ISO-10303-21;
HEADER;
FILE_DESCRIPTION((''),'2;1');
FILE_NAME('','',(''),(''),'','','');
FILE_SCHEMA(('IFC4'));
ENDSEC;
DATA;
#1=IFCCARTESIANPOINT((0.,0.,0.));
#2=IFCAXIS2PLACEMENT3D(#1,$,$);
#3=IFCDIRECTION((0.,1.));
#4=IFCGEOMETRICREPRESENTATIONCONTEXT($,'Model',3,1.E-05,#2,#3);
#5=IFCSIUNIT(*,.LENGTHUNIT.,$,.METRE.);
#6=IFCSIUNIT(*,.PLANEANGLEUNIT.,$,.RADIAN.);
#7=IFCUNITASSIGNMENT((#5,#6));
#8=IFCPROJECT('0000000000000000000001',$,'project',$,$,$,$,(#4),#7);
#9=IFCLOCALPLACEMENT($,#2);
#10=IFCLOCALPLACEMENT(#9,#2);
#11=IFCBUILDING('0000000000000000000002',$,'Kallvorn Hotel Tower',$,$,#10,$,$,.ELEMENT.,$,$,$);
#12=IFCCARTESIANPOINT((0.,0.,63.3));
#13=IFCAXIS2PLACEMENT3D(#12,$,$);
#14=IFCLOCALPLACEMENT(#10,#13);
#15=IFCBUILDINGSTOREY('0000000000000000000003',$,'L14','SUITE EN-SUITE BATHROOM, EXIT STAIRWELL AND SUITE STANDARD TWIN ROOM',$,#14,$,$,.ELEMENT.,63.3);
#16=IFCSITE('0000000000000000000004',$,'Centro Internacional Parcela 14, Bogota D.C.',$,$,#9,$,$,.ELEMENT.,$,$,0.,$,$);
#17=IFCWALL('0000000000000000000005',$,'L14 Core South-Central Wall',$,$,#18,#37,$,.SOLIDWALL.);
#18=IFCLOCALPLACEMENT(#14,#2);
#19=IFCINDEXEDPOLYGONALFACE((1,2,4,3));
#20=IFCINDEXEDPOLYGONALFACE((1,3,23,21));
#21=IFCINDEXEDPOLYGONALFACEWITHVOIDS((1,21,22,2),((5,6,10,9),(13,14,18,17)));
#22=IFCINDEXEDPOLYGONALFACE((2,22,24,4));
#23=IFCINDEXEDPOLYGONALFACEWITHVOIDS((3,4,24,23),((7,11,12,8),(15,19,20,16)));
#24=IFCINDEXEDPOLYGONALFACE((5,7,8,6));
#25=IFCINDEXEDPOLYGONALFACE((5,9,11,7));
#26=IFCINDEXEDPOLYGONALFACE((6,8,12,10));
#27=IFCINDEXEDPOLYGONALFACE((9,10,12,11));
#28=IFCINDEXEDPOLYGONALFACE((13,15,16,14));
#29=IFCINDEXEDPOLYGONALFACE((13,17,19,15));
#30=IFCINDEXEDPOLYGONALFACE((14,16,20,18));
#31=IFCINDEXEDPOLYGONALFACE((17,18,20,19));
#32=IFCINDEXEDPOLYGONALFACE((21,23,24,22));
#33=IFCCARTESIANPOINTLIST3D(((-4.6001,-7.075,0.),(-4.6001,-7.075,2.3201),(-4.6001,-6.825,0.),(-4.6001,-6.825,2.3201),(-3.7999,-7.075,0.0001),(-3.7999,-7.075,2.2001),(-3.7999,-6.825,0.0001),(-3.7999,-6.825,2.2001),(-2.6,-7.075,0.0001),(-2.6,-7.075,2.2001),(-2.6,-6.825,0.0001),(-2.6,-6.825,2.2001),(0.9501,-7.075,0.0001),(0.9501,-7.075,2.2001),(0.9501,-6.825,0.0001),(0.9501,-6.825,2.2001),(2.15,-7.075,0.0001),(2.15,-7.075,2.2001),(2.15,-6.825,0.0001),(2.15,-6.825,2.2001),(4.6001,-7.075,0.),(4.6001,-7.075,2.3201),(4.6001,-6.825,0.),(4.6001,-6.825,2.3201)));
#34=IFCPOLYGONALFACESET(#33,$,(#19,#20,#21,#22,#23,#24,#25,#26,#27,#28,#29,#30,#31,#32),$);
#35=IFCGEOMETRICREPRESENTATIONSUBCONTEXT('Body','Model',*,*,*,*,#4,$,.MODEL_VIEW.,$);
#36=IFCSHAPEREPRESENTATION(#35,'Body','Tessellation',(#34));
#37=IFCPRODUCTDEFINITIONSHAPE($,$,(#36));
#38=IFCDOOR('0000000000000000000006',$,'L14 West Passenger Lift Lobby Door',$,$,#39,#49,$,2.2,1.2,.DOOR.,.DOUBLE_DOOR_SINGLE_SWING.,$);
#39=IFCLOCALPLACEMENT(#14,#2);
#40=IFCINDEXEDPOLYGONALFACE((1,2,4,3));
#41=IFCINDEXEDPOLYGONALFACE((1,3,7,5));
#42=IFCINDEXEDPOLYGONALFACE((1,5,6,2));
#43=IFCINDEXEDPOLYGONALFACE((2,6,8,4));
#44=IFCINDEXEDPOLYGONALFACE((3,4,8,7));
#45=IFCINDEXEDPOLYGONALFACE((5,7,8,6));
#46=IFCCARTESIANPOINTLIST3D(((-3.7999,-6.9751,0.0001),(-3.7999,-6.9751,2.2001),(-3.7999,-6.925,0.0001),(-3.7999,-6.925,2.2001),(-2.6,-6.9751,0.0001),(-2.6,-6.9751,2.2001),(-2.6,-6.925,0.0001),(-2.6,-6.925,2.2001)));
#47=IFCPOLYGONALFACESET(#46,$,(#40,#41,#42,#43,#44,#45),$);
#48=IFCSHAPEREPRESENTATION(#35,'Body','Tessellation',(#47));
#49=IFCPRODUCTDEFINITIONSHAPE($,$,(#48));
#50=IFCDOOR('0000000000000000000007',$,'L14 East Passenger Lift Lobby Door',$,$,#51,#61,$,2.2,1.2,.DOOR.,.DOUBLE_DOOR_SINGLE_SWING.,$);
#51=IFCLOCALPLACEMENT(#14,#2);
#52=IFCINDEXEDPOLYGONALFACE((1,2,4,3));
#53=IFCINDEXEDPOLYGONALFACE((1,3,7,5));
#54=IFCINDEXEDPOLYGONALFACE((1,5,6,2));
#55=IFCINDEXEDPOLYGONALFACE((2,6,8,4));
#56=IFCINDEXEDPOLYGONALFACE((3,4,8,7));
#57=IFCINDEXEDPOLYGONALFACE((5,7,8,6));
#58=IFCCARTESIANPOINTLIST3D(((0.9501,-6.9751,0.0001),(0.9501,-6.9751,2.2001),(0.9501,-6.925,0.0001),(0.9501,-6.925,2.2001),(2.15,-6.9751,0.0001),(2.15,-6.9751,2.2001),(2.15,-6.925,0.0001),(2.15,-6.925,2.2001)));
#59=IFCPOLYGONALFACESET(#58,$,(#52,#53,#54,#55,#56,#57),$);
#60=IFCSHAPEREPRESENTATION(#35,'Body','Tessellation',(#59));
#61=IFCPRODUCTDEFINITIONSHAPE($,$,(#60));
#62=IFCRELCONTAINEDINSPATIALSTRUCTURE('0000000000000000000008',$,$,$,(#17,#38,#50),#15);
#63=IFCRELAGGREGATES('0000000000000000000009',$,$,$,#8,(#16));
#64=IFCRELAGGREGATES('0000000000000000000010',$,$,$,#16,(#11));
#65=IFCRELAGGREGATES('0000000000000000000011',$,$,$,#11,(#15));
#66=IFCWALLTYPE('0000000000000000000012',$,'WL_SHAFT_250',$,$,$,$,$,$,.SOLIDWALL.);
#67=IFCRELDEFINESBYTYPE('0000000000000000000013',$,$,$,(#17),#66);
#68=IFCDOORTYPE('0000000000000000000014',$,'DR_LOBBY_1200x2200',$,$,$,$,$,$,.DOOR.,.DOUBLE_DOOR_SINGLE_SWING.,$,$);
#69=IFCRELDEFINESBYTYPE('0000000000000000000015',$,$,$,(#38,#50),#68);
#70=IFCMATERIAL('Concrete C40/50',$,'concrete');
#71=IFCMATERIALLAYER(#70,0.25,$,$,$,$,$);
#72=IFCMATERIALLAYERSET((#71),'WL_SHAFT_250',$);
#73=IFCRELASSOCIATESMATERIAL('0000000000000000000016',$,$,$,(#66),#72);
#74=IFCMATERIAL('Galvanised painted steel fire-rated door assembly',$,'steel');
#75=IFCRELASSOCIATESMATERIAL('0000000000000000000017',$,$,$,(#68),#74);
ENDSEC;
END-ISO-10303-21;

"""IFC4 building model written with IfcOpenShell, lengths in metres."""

from ifc_helpers import new_model, si_unit, direction, frame, frame_2d, origin, place, context, subcontext, project, spatial, rectangle, extrude, material, layer, layer_set, type_object, element, fill, save


model = new_model("IFC4")

# Units and contexts
model_context = context("Model", 3, precision=1e-05, world=origin(), true_north=direction((0.0, 1.0)))
body_context = subcontext(model_context, "Body", "Model", "MODEL_VIEW")
ifc_project = project(units=[si_unit("LENGTHUNIT", "METRE"), si_unit("PLANEANGLEUNIT", "RADIAN")], contexts=[model_context])

# Site, building, storey
site_placement = place(None, origin())
site = spatial("IfcSite", under=ifc_project, at=site_placement, Name="Centro Internacional Parcela 14, Bogota D.C.", CompositionType="ELEMENT", RefElevation=0.0)
building_placement = place(site_placement, origin())
building = spatial("IfcBuilding", under=site, at=building_placement, Name="Kallvorn Hotel Tower", CompositionType="ELEMENT")
storey_placement = place(building_placement, frame((0.0, 0.0, 63.3)))
storey = spatial("IfcBuildingStorey", under=building, at=storey_placement, Name="L14", Description="SUITE EN-SUITE BATHROOM, EXIT STAIRWELL AND SUITE STANDARD TWIN ROOM", CompositionType="ELEMENT", Elevation=63.3)

# Wall, openings, doors
ifc_material_1 = material(Name="Concrete C40/50", Category="concrete")
ifc_layer_1 = layer(ifc_material_1, 0.25)
ifc_layer_set_1 = layer_set([ifc_layer_1], Name="WL_SHAFT_250")
wall_type_1 = type_object("IfcWallType", Name="WL_SHAFT_250", PredefinedType="SOLIDWALL", material=ifc_layer_set_1)
wall_1_placement = place(storey_placement, frame((-4.6001, -6.95, 0.0), z_axis=(0.0, 0.0, 1.0), x_axis=(1.0, 0.0, 0.0)))
wall_1 = element("IfcWall", 1, at=wall_1_placement, inside=storey, type_object=wall_type_1, Name="L14 Core South-Central Wall", PredefinedType="SOLIDWALL", context=body_context, shape_type="SweptSolid", body=[
    extrude(rectangle(XDim=9.2002, YDim=0.25, at=frame_2d((4.6001, 0.0))), origin(), (0.0, 0.0, 1.0), 2.3201),
])
opening_1_placement = place(wall_1_placement, frame((0.8, 0.0, 0.0)))
opening_1 = element("IfcOpeningElement", 2, at=opening_1_placement, cuts=wall_1, PredefinedType="OPENING", context=body_context, shape_type="SweptSolid", body=[
    extrude(rectangle(XDim=1.2, YDim=2.2, at=frame_2d((0.6001, 1.1001))), frame((0.0, 0.1399, 0.0), z_axis=(0.0, -1.0, 0.0), x_axis=(1.0, 0.0, 0.0)), (0.0, 0.0, 1.0), 0.28),
])
opening_2_placement = place(wall_1_placement, frame((5.55, 0.0, 0.0)))
opening_2 = element("IfcOpeningElement", 3, at=opening_2_placement, cuts=wall_1, PredefinedType="OPENING", context=body_context, shape_type="SweptSolid", body=[
    extrude(rectangle(XDim=1.2, YDim=2.2, at=frame_2d((0.6001, 1.1001))), frame((0.0, 0.1399, 0.0), z_axis=(0.0, -1.0, 0.0), x_axis=(1.0, 0.0, 0.0)), (0.0, 0.0, 1.0), 0.28),
])
ifc_material_2 = material(Name="Galvanised painted steel fire-rated door assembly", Category="steel")
door_type_1 = type_object("IfcDoorType", Name="DR_LOBBY_1200x2200", OperationType="DOUBLE_DOOR_SINGLE_SWING", PredefinedType="DOOR", material=ifc_material_2)
door_1_placement = place(opening_1_placement, origin())
door_1 = element("IfcDoor", 4, at=door_1_placement, inside=storey, type_object=door_type_1, Name="L14 West Passenger Lift Lobby Door", OperationType="DOUBLE_DOOR_SINGLE_SWING", OverallHeight=2.2, OverallWidth=1.2, PredefinedType="DOOR", context=body_context, shape_type="SweptSolid", body=[
    extrude(rectangle(XDim=1.2, YDim=2.2, at=frame_2d((0.6001, 1.1001))), frame((0.0, 0.0249, 0.0), z_axis=(0.0, -1.0, 0.0), x_axis=(1.0, 0.0, 0.0)), (0.0, 0.0, 1.0), 0.05),
])
fill(opening_1, door_1)
door_2_placement = place(opening_2_placement, origin())
door_2 = element("IfcDoor", 5, at=door_2_placement, inside=storey, type_object=door_type_1, Name="L14 East Passenger Lift Lobby Door", OperationType="DOUBLE_DOOR_SINGLE_SWING", OverallHeight=2.2, OverallWidth=1.2, PredefinedType="DOOR", context=body_context, shape_type="SweptSolid", body=[
    extrude(rectangle(XDim=1.2, YDim=2.2, at=frame_2d((0.6001, 1.1001))), frame((0.0, 0.0249, 0.0), z_axis=(0.0, -1.0, 0.0), x_axis=(1.0, 0.0, 0.0)), (0.0, 0.0, 1.0), 0.05),
])
fill(opening_2, door_2)

save(model, "model.ifc")
